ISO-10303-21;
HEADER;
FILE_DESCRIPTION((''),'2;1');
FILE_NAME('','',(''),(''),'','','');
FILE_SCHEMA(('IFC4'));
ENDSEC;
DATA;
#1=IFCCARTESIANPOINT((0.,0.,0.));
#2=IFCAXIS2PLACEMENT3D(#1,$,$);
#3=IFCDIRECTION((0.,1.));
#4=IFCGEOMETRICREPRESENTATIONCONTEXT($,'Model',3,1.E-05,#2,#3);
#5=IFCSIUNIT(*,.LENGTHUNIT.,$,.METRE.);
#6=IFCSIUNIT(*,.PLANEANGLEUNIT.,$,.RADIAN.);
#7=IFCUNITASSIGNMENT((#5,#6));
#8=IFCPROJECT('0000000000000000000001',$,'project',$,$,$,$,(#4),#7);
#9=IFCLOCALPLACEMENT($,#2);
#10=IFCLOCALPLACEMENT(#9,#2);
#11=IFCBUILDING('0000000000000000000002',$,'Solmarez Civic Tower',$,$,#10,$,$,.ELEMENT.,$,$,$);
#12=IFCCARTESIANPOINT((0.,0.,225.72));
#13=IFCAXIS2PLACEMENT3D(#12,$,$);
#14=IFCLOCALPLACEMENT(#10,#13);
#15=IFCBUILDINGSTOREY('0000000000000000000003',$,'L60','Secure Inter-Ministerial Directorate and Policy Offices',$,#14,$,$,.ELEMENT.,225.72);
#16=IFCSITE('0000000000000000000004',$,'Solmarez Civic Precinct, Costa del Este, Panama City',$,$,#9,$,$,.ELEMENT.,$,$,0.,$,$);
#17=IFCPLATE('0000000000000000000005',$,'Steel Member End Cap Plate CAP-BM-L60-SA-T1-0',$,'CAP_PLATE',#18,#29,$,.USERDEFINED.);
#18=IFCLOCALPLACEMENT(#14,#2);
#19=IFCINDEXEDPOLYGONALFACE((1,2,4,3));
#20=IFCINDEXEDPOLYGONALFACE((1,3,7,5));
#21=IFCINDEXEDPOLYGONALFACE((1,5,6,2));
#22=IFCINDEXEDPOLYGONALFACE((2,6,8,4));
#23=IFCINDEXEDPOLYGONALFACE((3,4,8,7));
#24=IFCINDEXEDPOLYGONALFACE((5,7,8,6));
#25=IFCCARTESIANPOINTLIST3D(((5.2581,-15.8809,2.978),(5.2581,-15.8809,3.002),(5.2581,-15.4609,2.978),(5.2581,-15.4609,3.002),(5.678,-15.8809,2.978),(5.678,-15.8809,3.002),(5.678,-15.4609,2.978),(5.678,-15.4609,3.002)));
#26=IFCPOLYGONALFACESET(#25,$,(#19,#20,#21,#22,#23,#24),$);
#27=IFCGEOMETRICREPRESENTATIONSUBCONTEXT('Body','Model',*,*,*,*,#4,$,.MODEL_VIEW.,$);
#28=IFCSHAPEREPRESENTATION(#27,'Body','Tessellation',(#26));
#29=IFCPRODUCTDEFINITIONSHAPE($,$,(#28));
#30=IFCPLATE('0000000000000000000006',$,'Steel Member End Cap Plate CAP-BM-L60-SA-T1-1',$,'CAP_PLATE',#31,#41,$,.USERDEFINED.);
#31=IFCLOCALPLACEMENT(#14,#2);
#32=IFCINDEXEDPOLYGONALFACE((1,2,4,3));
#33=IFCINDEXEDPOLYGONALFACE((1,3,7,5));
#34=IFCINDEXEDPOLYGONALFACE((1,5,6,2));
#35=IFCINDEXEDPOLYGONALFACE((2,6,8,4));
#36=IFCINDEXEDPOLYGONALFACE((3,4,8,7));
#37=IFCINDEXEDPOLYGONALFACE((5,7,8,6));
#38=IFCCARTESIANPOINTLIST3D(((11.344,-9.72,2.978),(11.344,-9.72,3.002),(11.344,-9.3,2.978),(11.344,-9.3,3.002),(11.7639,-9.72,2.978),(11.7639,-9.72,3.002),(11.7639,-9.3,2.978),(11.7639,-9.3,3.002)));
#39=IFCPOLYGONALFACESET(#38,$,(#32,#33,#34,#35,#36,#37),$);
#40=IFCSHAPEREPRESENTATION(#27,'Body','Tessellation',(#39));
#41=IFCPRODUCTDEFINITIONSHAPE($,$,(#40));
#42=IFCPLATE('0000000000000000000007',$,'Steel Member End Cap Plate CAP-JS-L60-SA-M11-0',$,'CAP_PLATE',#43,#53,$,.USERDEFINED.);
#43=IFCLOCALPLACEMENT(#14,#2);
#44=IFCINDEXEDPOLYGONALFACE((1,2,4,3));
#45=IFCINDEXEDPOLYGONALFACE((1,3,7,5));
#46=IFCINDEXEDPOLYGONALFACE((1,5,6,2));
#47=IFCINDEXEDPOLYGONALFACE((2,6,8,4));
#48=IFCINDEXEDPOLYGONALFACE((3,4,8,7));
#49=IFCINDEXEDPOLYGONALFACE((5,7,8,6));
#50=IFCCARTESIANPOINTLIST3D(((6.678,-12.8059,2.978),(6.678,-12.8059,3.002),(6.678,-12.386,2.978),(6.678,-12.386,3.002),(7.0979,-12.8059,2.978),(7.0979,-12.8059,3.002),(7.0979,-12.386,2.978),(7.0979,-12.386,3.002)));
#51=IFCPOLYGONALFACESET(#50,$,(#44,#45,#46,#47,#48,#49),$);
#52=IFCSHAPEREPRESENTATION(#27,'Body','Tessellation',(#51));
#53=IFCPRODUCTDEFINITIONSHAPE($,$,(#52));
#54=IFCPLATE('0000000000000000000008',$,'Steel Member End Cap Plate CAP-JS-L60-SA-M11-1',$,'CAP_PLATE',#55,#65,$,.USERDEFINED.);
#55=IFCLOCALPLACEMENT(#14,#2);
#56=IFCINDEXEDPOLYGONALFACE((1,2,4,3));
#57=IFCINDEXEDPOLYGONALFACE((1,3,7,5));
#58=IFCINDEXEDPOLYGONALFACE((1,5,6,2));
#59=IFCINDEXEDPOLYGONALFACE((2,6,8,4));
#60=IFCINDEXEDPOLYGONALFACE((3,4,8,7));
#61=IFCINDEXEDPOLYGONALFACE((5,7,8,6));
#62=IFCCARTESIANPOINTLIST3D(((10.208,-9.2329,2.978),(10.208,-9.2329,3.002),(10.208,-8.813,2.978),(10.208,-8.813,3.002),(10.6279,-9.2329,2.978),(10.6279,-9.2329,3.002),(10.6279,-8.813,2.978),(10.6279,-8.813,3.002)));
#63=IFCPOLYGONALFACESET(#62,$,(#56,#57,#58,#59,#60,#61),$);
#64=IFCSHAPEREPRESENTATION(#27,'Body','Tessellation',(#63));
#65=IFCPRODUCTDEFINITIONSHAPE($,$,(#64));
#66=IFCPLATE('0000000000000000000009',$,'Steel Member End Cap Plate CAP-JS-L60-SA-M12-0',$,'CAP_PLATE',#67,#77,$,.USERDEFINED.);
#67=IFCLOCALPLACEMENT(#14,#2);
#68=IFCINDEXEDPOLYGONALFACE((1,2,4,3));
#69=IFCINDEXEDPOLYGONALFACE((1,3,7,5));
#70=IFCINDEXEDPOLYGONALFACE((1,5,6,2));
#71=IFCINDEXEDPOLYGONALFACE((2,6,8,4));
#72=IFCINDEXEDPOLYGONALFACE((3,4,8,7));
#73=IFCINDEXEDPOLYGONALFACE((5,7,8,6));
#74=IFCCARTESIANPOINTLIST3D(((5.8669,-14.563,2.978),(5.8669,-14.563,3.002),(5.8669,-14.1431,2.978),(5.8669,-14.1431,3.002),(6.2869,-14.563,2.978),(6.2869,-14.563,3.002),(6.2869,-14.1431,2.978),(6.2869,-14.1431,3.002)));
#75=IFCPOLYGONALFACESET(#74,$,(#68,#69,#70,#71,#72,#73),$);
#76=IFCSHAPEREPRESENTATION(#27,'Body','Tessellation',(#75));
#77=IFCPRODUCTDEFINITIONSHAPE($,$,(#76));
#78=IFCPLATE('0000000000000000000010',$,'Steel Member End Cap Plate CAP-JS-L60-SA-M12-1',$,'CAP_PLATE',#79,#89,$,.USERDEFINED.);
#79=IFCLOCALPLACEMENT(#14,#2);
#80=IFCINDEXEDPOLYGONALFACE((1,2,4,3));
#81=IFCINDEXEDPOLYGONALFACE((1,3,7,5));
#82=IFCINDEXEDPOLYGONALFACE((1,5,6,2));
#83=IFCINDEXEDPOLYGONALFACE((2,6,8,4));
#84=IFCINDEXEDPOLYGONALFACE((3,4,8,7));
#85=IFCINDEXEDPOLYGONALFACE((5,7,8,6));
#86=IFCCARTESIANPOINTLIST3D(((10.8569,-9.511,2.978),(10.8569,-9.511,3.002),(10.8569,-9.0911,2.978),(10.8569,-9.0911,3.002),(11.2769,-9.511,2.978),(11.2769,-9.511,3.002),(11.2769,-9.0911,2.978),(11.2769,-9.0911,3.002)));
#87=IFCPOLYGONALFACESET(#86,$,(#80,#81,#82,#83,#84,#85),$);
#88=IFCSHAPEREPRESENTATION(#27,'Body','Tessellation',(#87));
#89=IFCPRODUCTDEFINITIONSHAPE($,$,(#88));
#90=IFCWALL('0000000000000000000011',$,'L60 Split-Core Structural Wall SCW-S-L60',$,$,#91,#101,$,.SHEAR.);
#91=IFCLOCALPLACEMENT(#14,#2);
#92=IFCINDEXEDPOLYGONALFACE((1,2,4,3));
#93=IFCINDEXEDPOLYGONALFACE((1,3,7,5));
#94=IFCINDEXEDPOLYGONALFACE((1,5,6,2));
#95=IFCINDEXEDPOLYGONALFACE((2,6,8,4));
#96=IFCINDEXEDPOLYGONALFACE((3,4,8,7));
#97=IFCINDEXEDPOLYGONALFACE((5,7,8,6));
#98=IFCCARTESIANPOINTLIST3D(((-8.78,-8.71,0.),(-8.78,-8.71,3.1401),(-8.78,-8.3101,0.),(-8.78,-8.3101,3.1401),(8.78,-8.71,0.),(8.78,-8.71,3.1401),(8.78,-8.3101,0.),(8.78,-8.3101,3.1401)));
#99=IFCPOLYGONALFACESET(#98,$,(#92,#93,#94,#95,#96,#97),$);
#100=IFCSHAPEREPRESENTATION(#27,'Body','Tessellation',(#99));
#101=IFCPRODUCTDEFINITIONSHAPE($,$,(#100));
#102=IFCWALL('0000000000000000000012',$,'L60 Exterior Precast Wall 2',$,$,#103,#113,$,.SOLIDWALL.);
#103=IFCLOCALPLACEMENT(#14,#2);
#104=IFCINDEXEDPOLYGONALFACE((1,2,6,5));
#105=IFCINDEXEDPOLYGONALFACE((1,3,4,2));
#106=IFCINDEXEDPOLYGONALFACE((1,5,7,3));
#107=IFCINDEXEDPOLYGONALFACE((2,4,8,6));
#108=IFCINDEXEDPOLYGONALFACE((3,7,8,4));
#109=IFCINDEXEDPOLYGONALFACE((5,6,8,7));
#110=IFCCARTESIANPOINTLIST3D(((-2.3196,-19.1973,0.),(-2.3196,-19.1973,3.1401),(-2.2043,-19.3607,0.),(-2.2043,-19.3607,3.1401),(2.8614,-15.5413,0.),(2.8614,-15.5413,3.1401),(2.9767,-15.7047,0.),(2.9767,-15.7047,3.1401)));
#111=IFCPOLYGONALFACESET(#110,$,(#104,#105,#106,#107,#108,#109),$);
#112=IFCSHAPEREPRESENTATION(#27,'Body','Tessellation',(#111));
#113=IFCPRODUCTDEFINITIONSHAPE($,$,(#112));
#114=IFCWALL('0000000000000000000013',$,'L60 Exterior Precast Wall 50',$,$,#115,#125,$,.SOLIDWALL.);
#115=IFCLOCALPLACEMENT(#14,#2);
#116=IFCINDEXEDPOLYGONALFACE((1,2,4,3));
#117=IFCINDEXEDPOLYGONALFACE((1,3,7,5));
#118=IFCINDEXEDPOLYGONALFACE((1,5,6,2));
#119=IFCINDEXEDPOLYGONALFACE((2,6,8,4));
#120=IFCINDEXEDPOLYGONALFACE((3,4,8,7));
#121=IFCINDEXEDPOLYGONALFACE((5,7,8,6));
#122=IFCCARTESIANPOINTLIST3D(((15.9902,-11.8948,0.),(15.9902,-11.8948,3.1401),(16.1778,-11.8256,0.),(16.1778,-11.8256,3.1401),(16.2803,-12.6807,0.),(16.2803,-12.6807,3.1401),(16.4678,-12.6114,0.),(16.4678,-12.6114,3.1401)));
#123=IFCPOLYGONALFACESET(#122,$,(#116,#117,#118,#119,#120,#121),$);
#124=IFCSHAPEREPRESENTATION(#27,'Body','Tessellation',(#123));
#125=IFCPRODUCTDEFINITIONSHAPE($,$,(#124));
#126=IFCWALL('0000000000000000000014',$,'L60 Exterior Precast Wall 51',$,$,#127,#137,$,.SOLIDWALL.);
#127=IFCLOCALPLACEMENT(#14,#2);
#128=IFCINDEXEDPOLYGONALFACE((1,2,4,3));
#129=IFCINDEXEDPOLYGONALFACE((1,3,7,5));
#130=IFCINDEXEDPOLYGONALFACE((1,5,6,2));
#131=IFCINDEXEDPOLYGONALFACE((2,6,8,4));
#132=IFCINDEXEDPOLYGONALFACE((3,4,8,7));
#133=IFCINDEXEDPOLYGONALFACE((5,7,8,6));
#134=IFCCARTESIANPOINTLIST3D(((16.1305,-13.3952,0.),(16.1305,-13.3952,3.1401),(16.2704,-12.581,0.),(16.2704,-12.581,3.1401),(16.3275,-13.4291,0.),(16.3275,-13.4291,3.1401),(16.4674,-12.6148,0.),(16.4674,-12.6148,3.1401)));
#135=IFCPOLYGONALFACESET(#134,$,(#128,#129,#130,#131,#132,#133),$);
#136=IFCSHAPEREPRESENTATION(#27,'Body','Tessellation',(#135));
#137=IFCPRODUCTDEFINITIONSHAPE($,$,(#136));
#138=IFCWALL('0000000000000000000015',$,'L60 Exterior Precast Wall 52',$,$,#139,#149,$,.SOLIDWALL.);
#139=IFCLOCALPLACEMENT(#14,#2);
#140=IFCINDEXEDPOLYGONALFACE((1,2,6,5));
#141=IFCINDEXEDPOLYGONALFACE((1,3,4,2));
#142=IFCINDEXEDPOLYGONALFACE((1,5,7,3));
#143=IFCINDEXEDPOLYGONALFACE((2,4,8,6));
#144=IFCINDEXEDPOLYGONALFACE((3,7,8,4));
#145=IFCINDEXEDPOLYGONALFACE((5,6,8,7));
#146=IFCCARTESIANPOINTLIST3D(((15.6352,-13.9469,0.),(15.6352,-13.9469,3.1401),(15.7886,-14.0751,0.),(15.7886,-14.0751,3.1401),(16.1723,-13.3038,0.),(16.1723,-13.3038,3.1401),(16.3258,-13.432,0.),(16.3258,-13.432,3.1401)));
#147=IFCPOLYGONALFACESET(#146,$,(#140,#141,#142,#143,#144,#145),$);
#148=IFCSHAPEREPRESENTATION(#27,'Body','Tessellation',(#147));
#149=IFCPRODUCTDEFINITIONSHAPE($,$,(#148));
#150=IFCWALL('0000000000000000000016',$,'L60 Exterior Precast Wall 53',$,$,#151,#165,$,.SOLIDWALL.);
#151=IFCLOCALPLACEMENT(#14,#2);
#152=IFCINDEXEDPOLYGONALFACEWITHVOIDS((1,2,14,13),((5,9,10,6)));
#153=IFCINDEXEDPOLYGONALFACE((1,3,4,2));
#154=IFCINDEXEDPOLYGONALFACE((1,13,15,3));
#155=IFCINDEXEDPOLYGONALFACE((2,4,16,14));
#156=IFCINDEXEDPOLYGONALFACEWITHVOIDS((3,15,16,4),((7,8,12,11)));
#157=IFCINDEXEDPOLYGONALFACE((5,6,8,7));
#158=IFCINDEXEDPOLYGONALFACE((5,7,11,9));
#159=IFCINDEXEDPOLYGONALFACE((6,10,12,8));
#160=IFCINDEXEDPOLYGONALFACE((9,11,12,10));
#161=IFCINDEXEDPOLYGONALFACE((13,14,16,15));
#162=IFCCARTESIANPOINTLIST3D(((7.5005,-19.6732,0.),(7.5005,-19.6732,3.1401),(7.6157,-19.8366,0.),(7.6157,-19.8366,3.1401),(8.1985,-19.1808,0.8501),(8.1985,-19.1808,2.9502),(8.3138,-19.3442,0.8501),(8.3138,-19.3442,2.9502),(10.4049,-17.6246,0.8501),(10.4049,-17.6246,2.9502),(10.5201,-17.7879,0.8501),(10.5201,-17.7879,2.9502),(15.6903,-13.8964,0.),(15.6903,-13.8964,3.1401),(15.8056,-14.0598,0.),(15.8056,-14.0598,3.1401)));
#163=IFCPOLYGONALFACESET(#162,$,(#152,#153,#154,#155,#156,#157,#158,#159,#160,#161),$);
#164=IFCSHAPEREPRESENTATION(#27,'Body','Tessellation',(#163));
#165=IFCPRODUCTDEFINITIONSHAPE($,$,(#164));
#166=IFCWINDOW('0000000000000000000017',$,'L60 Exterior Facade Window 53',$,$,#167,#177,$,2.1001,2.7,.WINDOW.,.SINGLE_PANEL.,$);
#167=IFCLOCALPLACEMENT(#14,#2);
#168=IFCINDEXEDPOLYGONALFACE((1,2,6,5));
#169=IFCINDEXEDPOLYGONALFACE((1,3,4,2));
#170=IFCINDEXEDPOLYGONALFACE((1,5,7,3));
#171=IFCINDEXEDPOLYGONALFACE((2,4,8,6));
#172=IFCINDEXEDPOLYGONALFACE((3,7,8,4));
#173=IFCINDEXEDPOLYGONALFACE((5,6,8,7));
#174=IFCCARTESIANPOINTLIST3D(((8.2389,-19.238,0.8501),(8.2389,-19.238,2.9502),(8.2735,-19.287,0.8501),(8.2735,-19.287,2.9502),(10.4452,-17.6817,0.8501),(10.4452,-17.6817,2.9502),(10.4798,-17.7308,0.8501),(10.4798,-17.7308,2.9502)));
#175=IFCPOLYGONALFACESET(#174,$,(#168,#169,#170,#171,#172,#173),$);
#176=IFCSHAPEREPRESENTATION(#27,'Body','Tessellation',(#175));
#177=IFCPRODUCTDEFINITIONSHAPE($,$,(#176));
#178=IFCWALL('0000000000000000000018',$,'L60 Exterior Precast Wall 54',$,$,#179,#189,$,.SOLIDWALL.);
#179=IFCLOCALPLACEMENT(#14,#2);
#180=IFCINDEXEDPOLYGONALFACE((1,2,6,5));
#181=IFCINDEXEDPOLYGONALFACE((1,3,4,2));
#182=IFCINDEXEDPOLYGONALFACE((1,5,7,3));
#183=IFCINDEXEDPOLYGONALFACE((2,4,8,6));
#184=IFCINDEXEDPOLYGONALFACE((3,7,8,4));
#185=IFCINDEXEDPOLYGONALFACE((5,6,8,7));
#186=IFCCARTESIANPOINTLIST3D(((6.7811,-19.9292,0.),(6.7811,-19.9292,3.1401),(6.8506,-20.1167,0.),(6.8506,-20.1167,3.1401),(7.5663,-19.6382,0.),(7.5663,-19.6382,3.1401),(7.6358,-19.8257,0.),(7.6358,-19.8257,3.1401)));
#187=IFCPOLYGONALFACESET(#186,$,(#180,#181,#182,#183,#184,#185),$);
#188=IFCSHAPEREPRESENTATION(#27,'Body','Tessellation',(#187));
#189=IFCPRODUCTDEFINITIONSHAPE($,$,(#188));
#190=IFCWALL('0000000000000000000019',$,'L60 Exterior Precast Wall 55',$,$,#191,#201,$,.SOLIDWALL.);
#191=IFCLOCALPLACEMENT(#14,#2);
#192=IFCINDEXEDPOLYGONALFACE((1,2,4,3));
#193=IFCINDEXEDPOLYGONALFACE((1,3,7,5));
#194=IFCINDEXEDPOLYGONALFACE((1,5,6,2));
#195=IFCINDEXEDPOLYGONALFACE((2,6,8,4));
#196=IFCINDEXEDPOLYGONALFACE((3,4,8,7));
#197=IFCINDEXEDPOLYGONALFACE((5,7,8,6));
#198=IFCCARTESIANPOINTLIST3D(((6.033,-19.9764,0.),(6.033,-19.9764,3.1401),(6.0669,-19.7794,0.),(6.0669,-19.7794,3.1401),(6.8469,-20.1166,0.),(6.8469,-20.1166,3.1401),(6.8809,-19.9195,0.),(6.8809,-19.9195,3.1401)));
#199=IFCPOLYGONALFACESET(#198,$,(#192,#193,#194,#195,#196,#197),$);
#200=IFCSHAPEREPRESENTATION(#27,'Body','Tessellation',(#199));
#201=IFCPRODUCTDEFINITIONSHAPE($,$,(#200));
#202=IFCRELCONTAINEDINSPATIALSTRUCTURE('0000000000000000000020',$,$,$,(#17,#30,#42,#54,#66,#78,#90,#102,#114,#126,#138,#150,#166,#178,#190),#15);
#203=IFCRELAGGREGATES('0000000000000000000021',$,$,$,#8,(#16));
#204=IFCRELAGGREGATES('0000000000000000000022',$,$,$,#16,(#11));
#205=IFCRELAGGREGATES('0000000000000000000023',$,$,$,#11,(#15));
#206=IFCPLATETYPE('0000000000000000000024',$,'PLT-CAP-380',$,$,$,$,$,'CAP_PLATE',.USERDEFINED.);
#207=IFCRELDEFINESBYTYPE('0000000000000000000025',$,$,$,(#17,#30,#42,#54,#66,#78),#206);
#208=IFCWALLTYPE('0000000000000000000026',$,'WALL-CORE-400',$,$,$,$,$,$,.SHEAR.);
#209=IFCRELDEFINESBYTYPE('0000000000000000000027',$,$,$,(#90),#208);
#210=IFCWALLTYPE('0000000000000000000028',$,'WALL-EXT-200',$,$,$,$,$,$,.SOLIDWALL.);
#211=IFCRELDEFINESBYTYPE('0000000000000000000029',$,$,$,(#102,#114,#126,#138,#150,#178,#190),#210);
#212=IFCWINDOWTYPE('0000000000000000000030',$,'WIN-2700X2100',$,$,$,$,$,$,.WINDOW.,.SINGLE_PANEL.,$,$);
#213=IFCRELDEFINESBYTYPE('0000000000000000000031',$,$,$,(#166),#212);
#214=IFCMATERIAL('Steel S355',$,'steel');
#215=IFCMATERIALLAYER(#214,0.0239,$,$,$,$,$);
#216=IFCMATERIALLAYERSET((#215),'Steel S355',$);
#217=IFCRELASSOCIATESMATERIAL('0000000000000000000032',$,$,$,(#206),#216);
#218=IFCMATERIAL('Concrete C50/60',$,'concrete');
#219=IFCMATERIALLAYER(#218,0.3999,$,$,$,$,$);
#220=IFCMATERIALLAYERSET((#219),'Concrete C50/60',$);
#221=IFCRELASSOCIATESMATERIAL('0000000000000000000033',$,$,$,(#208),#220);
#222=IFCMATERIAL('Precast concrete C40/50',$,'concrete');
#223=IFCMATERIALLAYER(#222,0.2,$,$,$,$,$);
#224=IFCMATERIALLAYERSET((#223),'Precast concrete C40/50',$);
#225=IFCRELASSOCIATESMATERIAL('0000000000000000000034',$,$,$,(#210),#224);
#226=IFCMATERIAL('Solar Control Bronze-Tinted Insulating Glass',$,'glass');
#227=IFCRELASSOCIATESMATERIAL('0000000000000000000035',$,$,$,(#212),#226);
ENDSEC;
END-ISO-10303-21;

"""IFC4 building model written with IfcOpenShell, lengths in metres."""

from ifc_helpers import new_model, si_unit, direction, frame, frame_2d, origin, origin_2d, place, context, subcontext, project, spatial, rectangle, extrude, material, layer, layer_set, type_object, element, fill, save


model = new_model("IFC4")

# Units and contexts
model_context = context("Model", 3, precision=1e-05, world=origin(), true_north=direction((0.0, 1.0)))
body_context = subcontext(model_context, "Body", "Model", "MODEL_VIEW")
ifc_project = project(units=[si_unit("LENGTHUNIT", "METRE"), si_unit("PLANEANGLEUNIT", "RADIAN")], contexts=[model_context])

# Site, building, storey
site_placement = place(None, origin())
site = spatial("IfcSite", under=ifc_project, at=site_placement, Name="Solmarez Civic Precinct, Costa del Este, Panama City", CompositionType="ELEMENT", RefElevation=0.0)
building_placement = place(site_placement, origin())
building = spatial("IfcBuilding", under=site, at=building_placement, Name="Solmarez Civic Tower", CompositionType="ELEMENT")
storey_placement = place(building_placement, frame((0.0, 0.0, 225.72)))
storey = spatial("IfcBuildingStorey", under=building, at=storey_placement, Name="L60", Description="Secure Inter-Ministerial Directorate and Policy Offices", CompositionType="ELEMENT", Elevation=225.72)

# Shared definitions
ifc_material_1 = material(Name="Concrete C50/60", Category="concrete")
ifc_material_2 = material(Name="Steel S355", Category="steel")

# Plates
ifc_layer_1 = layer(ifc_material_2, 0.0239)
ifc_layer_set_1 = layer_set([ifc_layer_1], Name="Steel S355")
plate_type = type_object("IfcPlateType", Name="PLT-CAP-380", ElementType="CAP_PLATE", PredefinedType="USERDEFINED", material=ifc_layer_set_1)
for number, where, z_axis, x_axis, name in (
    (1, (5.468, -15.6709, 2.978), (0.0, 0.0, 1.0), (1.0, 0.0, 0.0), "Steel Member End Cap Plate CAP-BM-L60-SA-T1-0"),
    (2, (11.554, -9.51, 2.978), (0.0, 0.0, 1.0), (1.0, 0.0, 0.0), "Steel Member End Cap Plate CAP-BM-L60-SA-T1-1"),
    (3, (6.8879, -12.5959, 2.978), (0.0, 0.0, 1.0), (1.0, 0.0, 0.0), "Steel Member End Cap Plate CAP-JS-L60-SA-M11-0"),
    (4, (10.418, -9.0229, 2.978), (0.0, 0.0, 1.0), (1.0, 0.0, 0.0), "Steel Member End Cap Plate CAP-JS-L60-SA-M11-1"),
    (5, (6.0769, -14.353, 2.978), (0.0, 0.0, 1.0), (1.0, 0.0, 0.0), "Steel Member End Cap Plate CAP-JS-L60-SA-M12-0"),
    (6, (11.0669, -9.301, 2.978), (0.0, 0.0, 1.0), (1.0, 0.0, 0.0), "Steel Member End Cap Plate CAP-JS-L60-SA-M12-1"),
):
    element("IfcPlate", number, at=place(storey_placement, frame(where, z_axis=z_axis, x_axis=x_axis)), inside=storey, type_object=plate_type, Name=name, ObjectType="CAP_PLATE", PredefinedType="USERDEFINED", context=body_context, shape_type="SweptSolid", body=[
        extrude(rectangle(XDim=0.4199, YDim=0.4199, at=origin_2d()), origin(), (0.0, 0.0, 1.0), 0.0239),
    ])

# Walls
ifc_layer_2 = layer(ifc_material_1, 0.3999)
ifc_layer_set_2 = layer_set([ifc_layer_2], Name="Concrete C50/60")
wall_type_1 = type_object("IfcWallType", Name="WALL-CORE-400", PredefinedType="SHEAR", material=ifc_layer_set_2)
wall_1_placement = place(storey_placement, frame((8.78, -8.51, 0.0), z_axis=(0.0, 0.0, 1.0), x_axis=(-1.0, 0.0, 0.0)))
element("IfcWall", 7, at=wall_1_placement, inside=storey, type_object=wall_type_1, Name="L60 Split-Core Structural Wall SCW-S-L60", PredefinedType="SHEAR", context=body_context, shape_type="SweptSolid", body=[
    extrude(rectangle(XDim=17.5601, YDim=0.3999, at=frame_2d((8.78, 0.0))), origin(), (0.0, 0.0, 1.0), 3.1401),
])
ifc_material_3 = material(Name="Precast concrete C40/50", Category="concrete")
ifc_layer_3 = layer(ifc_material_3, 0.2)
ifc_layer_set_3 = layer_set([ifc_layer_3], Name="Precast concrete C40/50")
wall_type_2 = type_object("IfcWallType", Name="WALL-EXT-200", PredefinedType="SOLIDWALL", material=ifc_layer_set_3)
wall_2_placement = place(storey_placement, frame((2.9189, -15.623, 0.0), z_axis=(0.0, 0.0, 1.0), x_axis=(-0.81705, -0.576567, 0.0)))
element("IfcWall", 8, at=wall_2_placement, inside=storey, type_object=wall_type_2, Name="L60 Exterior Precast Wall 2", PredefinedType="SOLIDWALL", context=body_context, shape_type="SweptSolid", body=[
    extrude(rectangle(XDim=6.3411, YDim=0.2, at=frame_2d((3.1704, 0.0))), origin(), (0.0, 0.0, 1.0), 3.1401),
])
wall_3_placement = place(storey_placement, frame((16.084, -11.8601, 0.0), z_axis=(0.0, 0.0, 1.0), x_axis=(0.346232, -0.938149, 0.0)))
element("IfcWall", 9, at=wall_3_placement, inside=storey, type_object=wall_type_2, Name="L60 Exterior Precast Wall 50", PredefinedType="SOLIDWALL", context=body_context, shape_type="SweptSolid", body=[
    extrude(rectangle(XDim=0.8376, YDim=0.2, at=frame_2d((0.4189, 0.0))), origin(), (0.0, 0.0, 1.0), 3.1401),
])
wall_4_placement = place(storey_placement, frame((16.3689, -12.5979, 0.0), z_axis=(0.0, 0.0, 1.0), x_axis=(-0.169333, -0.985559, 0.0)))
element("IfcWall", 10, at=wall_4_placement, inside=storey, type_object=wall_type_2, Name="L60 Exterior Precast Wall 51", PredefinedType="SOLIDWALL", context=body_context, shape_type="SweptSolid", body=[
    extrude(rectangle(XDim=0.8262, YDim=0.2, at=frame_2d((0.4131, 0.0))), origin(), (0.0, 0.0, 1.0), 3.1401),
])
wall_5_placement = place(storey_placement, frame((16.249, -13.3679, 0.0), z_axis=(0.0, 0.0, 1.0), x_axis=(-0.641044, -0.767504, 0.0)))
element("IfcWall", 11, at=wall_5_placement, inside=storey, type_object=wall_type_2, Name="L60 Exterior Precast Wall 52", PredefinedType="SOLIDWALL", context=body_context, shape_type="SweptSolid", body=[
    extrude(rectangle(XDim=0.8379, YDim=0.2, at=frame_2d((0.4189, 0.0))), origin(), (0.0, 0.0, 1.0), 3.1401),
])

# Wall, opening, window
wall_6_placement = place(storey_placement, frame((15.748, -13.978, 0.0), z_axis=(0.0, 0.0, 1.0), x_axis=(-0.817169, -0.576398, 0.0)))
wall_6 = element("IfcWall", 12, at=wall_6_placement, inside=storey, type_object=wall_type_2, Name="L60 Exterior Precast Wall 53", PredefinedType="SOLIDWALL", context=body_context, shape_type="SweptSolid", body=[
    extrude(rectangle(XDim=10.0222, YDim=0.2, at=frame_2d((5.0112, 0.0))), origin(), (0.0, 0.0, 1.0), 3.1401),
])
opening_1_placement = place(wall_6_placement, frame((6.468, 0.0, 0.8501)))
opening_1 = element("IfcOpeningElement", 13, at=opening_1_placement, cuts=wall_6, PredefinedType="OPENING", context=body_context, shape_type="SweptSolid", body=[
    extrude(rectangle(XDim=2.7, YDim=2.1001, at=frame_2d((1.3501, 1.05))), frame((0.0, 0.1099, 0.0), z_axis=(0.0, -1.0, 0.0), x_axis=(1.0, 0.0, 0.0)), (0.0, 0.0, 1.0), 0.22),
])
ifc_material_4 = material(Name="Solar Control Bronze-Tinted Insulating Glass", Category="glass")
window_type = type_object("IfcWindowType", Name="WIN-2700X2100", PartitioningType="SINGLE_PANEL", PredefinedType="WINDOW", material=ifc_material_4)
window_placement = place(opening_1_placement, origin())
window = element("IfcWindow", 14, at=window_placement, inside=storey, type_object=window_type, Name="L60 Exterior Facade Window 53", OverallHeight=2.1001, OverallWidth=2.7, PartitioningType="SINGLE_PANEL", PredefinedType="WINDOW", context=body_context, shape_type="SweptSolid", body=[
    extrude(rectangle(XDim=2.7, YDim=2.1001, at=frame_2d((1.3501, 1.05))), frame((0.0, 0.03, 0.0), z_axis=(0.0, -1.0, 0.0), x_axis=(1.0, 0.0, 0.0)), (0.0, 0.0, 1.0), 0.0601),
])
fill(opening_1, window)

# Walls
wall_7_placement = place(storey_placement, frame((7.6011, -19.7319, 0.0), z_axis=(0.0, 0.0, 1.0), x_axis=(-0.937664, -0.347542, 0.0)))
element("IfcWall", 15, at=wall_7_placement, inside=storey, type_object=wall_type_2, Name="L60 Exterior Precast Wall 54", PredefinedType="SOLIDWALL", context=body_context, shape_type="SweptSolid", body=[
    extrude(rectangle(XDim=0.8374, YDim=0.2, at=frame_2d((0.4187, 0.0))), origin(), (0.0, 0.0, 1.0), 3.1401),
])
wall_8_placement = place(storey_placement, frame((6.864, -20.0181, 0.0), z_axis=(0.0, 0.0, 1.0), x_axis=(-0.985501, 0.169669, 0.0)))
element("IfcWall", 16, at=wall_8_placement, inside=storey, type_object=wall_type_2, Name="L60 Exterior Precast Wall 55", PredefinedType="SOLIDWALL", context=body_context, shape_type="SweptSolid", body=[
    extrude(rectangle(XDim=0.8259, YDim=0.2, at=frame_2d((0.4131, 0.0))), origin(), (0.0, 0.0, 1.0), 3.1401),
])

save(model, "model.ifc")
